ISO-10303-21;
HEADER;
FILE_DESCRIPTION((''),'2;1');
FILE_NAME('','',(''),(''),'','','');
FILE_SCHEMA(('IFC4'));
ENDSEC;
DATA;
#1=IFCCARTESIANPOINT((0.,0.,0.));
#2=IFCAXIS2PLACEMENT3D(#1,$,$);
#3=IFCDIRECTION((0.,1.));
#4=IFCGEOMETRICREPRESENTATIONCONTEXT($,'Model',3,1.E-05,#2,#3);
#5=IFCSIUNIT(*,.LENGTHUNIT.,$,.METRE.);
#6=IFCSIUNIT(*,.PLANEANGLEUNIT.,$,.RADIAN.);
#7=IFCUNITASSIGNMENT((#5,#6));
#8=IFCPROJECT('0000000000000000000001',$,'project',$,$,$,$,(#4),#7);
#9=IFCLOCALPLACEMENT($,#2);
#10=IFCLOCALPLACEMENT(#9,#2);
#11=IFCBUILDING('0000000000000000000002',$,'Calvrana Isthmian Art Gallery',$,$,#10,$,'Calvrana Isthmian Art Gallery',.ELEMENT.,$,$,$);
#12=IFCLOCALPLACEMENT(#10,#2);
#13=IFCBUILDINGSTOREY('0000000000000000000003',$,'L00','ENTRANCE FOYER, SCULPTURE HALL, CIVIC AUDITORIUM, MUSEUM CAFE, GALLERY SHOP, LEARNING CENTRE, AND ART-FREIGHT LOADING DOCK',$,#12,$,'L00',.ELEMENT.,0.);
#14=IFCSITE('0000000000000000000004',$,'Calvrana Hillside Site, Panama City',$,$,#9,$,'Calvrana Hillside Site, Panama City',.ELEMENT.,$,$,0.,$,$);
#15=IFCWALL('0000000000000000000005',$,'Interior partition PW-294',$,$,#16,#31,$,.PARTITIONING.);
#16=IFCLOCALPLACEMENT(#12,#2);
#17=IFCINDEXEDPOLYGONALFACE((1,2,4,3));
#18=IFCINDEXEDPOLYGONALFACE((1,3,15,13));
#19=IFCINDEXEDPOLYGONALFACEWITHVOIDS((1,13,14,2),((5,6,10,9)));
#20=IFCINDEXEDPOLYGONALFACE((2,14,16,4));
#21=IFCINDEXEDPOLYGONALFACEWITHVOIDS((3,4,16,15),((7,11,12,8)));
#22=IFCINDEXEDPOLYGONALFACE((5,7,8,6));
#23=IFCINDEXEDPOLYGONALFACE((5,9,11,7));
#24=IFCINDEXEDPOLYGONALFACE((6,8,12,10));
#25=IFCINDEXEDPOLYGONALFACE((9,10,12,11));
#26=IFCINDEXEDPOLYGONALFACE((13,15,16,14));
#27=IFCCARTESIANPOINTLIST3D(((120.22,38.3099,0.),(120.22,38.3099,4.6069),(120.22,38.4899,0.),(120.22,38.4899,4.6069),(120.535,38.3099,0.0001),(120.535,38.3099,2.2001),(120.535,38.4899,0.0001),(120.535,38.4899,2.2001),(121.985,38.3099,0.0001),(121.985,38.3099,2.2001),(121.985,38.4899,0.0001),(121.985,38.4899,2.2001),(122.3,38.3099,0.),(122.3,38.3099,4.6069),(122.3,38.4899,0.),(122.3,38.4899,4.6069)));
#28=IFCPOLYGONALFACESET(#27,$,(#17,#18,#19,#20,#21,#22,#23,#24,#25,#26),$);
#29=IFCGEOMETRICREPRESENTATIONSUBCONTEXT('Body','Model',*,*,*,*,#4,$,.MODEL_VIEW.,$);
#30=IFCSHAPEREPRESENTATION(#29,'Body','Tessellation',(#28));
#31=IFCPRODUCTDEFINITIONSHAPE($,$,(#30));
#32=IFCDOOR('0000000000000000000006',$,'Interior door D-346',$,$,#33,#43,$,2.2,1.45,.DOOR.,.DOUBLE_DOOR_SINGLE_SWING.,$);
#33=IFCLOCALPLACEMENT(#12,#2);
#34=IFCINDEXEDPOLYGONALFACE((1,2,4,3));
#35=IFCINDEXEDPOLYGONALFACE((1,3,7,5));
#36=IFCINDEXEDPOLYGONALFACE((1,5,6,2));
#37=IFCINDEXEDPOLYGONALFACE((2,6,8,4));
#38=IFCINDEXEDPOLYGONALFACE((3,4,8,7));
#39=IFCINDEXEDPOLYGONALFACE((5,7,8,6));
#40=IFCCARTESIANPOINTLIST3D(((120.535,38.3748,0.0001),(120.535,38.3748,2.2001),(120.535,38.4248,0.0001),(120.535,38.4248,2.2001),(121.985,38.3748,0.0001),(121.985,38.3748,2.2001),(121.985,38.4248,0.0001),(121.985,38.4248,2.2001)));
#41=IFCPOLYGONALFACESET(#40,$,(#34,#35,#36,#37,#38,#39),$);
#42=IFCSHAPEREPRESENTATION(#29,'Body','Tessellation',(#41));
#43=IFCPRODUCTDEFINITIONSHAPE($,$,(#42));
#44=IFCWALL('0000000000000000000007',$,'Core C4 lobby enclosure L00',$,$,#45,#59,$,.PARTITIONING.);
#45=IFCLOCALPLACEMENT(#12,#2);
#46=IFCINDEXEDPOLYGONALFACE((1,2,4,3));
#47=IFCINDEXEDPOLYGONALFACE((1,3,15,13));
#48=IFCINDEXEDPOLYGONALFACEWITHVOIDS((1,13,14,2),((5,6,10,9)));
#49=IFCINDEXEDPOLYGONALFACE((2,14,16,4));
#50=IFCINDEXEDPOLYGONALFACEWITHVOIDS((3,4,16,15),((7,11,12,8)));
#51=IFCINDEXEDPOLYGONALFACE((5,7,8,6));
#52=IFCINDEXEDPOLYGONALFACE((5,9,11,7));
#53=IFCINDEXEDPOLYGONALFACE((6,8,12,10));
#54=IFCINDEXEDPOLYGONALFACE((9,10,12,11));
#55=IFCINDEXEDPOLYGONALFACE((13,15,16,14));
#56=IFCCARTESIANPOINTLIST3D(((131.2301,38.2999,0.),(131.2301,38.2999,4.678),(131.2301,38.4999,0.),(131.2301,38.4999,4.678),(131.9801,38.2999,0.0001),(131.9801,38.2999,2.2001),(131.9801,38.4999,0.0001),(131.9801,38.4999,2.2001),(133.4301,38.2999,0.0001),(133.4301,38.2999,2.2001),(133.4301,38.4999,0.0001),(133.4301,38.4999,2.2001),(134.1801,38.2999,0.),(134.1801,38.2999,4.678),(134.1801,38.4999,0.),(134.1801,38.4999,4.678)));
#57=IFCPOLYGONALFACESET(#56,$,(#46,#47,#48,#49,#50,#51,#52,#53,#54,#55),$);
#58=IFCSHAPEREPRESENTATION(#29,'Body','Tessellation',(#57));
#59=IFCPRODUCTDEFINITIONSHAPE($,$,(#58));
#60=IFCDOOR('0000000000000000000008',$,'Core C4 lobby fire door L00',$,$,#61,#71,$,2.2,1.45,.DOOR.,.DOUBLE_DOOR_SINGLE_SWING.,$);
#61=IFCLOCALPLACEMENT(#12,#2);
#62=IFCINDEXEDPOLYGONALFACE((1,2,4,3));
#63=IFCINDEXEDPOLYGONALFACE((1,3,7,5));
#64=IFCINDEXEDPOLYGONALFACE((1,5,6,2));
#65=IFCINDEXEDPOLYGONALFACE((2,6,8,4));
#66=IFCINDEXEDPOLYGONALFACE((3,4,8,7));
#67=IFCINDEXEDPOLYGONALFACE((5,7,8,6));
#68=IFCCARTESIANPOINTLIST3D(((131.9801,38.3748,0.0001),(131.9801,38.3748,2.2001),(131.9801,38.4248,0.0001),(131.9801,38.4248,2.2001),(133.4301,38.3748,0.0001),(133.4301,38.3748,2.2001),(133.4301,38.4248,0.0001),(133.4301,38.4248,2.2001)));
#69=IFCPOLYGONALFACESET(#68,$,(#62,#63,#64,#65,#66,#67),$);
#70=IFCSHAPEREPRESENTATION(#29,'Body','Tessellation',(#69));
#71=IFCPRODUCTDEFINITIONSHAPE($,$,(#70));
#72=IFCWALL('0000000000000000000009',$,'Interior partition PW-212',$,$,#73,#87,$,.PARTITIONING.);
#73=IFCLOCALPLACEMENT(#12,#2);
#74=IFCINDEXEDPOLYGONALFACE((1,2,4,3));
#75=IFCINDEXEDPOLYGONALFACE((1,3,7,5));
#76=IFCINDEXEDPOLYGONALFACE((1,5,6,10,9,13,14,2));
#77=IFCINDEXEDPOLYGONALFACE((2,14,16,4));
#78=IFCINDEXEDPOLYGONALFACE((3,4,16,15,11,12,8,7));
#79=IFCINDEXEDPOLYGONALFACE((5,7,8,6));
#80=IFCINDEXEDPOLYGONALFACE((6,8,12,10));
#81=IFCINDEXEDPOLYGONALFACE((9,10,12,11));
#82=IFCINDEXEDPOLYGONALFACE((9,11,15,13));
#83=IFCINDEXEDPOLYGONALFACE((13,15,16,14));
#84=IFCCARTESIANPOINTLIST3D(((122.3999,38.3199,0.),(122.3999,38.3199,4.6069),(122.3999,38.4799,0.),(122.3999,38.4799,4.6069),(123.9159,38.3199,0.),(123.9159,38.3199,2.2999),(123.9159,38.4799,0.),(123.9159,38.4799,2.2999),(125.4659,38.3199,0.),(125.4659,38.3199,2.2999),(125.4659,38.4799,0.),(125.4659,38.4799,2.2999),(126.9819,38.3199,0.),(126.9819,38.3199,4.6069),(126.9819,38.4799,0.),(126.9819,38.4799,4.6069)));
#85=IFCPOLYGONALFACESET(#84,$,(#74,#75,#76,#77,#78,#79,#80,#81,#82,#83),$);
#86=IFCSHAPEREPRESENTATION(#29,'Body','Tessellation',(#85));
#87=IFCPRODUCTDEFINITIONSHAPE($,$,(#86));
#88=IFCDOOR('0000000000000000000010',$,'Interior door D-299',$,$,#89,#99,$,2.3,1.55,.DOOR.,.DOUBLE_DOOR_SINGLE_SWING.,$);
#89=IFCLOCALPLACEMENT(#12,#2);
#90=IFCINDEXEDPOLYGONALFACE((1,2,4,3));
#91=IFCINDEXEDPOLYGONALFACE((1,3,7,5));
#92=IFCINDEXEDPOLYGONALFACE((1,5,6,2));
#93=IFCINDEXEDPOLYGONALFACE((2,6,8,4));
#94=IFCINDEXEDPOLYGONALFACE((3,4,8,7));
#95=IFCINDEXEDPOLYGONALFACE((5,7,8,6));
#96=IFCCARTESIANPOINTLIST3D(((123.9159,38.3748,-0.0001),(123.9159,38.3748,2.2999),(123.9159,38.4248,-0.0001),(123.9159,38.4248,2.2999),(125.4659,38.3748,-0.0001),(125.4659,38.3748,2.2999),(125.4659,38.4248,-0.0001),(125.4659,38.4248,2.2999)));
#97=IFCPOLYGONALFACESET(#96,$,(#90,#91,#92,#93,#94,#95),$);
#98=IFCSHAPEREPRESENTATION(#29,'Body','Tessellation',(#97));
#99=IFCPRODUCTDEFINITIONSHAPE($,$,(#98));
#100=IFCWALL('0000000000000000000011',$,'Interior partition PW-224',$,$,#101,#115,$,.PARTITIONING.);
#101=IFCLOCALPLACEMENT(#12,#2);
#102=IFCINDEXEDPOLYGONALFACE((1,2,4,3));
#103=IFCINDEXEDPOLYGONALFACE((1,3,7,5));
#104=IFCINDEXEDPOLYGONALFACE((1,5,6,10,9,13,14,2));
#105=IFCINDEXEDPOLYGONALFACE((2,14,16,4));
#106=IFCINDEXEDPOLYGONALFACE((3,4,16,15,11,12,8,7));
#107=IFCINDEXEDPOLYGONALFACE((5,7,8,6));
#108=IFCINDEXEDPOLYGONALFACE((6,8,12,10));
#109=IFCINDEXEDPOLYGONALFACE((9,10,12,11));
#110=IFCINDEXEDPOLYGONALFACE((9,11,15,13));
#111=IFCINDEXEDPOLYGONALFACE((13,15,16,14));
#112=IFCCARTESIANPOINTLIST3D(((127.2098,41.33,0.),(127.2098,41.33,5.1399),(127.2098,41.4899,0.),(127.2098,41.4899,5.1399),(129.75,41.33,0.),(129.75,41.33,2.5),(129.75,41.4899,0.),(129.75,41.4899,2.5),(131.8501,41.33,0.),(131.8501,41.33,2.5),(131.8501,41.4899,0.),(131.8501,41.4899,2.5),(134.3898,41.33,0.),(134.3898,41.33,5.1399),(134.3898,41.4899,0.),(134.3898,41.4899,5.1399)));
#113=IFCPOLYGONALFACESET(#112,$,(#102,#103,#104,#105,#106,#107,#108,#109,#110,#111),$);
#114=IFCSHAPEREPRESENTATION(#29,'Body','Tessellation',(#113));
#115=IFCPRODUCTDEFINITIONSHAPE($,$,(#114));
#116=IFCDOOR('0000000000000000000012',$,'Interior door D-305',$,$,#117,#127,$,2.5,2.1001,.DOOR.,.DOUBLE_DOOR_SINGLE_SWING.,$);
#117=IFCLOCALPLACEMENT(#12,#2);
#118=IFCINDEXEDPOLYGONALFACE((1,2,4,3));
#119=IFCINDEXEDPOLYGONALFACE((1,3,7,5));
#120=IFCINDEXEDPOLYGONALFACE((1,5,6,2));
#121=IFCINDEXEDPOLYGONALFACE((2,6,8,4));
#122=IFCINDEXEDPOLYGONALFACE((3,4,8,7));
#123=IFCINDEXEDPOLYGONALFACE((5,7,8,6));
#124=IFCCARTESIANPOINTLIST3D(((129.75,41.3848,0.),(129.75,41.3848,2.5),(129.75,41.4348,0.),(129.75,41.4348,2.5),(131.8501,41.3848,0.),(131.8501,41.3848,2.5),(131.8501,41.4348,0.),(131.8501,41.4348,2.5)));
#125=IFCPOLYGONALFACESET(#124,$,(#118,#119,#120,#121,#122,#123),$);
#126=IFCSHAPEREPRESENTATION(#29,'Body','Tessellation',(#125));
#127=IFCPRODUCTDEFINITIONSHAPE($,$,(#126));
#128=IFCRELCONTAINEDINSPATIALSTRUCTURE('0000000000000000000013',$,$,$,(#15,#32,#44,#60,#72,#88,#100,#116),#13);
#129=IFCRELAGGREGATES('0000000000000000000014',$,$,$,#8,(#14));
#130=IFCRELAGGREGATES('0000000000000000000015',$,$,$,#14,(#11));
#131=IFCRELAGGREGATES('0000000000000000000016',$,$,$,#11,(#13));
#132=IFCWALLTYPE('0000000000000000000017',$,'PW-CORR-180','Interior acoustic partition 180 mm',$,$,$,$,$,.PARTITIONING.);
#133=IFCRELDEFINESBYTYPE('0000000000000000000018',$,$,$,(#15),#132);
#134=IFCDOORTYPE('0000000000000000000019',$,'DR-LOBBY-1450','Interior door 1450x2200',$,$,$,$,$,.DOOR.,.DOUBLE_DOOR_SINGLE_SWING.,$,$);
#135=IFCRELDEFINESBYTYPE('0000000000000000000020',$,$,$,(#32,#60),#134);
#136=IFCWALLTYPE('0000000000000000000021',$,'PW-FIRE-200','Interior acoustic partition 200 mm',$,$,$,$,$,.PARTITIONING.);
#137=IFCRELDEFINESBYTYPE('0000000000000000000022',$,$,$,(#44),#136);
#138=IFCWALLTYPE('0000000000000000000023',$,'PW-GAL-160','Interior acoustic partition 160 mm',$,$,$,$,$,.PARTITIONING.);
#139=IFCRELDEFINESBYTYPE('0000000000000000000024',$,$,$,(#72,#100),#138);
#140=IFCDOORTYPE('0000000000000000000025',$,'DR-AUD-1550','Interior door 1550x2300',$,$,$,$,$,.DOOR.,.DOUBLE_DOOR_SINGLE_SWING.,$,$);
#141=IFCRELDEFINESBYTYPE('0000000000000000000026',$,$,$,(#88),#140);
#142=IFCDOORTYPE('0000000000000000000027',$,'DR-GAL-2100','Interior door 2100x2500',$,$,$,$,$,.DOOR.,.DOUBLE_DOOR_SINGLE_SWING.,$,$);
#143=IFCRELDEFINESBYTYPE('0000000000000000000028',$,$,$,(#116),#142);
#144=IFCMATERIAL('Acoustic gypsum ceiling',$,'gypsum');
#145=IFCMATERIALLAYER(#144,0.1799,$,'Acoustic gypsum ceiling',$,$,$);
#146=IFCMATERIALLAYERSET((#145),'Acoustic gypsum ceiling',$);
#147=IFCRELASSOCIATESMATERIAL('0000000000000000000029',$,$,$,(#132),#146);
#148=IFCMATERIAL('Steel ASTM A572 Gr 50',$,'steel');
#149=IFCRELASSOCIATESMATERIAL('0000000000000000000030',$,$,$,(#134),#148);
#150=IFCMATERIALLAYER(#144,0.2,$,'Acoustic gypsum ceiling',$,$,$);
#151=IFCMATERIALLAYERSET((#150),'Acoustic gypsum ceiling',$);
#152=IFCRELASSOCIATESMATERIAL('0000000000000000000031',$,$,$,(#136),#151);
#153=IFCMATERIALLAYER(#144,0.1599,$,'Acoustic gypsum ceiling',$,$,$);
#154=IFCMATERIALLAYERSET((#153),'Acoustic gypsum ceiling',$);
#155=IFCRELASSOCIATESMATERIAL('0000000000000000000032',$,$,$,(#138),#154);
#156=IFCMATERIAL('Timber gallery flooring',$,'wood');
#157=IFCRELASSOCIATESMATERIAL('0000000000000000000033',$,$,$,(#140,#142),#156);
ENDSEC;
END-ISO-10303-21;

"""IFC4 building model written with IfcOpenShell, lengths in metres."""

from ifc_helpers import new_model, si_unit, direction, frame, frame_2d, origin, place, context, subcontext, project, spatial, rectangle, extrude, material, layer, layer_set, type_object, element, fill, save


model = new_model("IFC4")

# Units and contexts
model_context = context("Model", 3, precision=1e-05, world=origin(), true_north=direction((0.0, 1.0)))
body_context = subcontext(model_context, "Body", "Model", "MODEL_VIEW")
ifc_project = project(units=[si_unit("LENGTHUNIT", "METRE"), si_unit("PLANEANGLEUNIT", "RADIAN")], contexts=[model_context])

# Site, building, storey
site_placement = place(None, origin())
site = spatial("IfcSite", under=ifc_project, at=site_placement, Name="Calvrana Hillside Site, Panama City", LongName="Calvrana Hillside Site, Panama City", CompositionType="ELEMENT", RefElevation=0.0)
building_placement = place(site_placement, origin())
building = spatial("IfcBuilding", under=site, at=building_placement, Name="Calvrana Isthmian Art Gallery", LongName="Calvrana Isthmian Art Gallery", CompositionType="ELEMENT")
storey_placement = place(building_placement, origin())
storey = spatial("IfcBuildingStorey", under=building, at=storey_placement, Name="L00", Description="ENTRANCE FOYER, SCULPTURE HALL, CIVIC AUDITORIUM, MUSEUM CAFE, GALLERY SHOP, LEARNING CENTRE, AND ART-FREIGHT LOADING DOCK", LongName="L00", CompositionType="ELEMENT", Elevation=0.0)

# Walls, openings, doors
ifc_material_1 = material(Name="Acoustic gypsum ceiling", Category="gypsum")
ifc_layer_1 = layer(ifc_material_1, 0.1799, Name="Acoustic gypsum ceiling")
ifc_layer_set_1 = layer_set([ifc_layer_1], Name="Acoustic gypsum ceiling")
wall_type_1 = type_object("IfcWallType", Name="PW-CORR-180", Description="Interior acoustic partition 180 mm", PredefinedType="PARTITIONING", material=ifc_layer_set_1)
wall_1_placement = place(storey_placement, frame((120.22, 38.3999, 0.0), z_axis=(0.0, 0.0, 1.0), x_axis=(1.0, 0.0, 0.0)))
wall_1 = element("IfcWall", 1, at=wall_1_placement, inside=storey, type_object=wall_type_1, Name="Interior partition PW-294", PredefinedType="PARTITIONING", context=body_context, shape_type="SweptSolid", body=[
    extrude(rectangle(XDim=2.0801, YDim=0.1799, at=frame_2d((1.04, 0.0))), origin(), (0.0, 0.0, 1.0), 4.6069),
])
opening_1_placement = place(wall_1_placement, frame((0.3149, 0.0, 0.0)))
opening_1 = element("IfcOpeningElement", 2, at=opening_1_placement, cuts=wall_1, PredefinedType="OPENING", context=body_context, shape_type="SweptSolid", body=[
    extrude(rectangle(XDim=1.45, YDim=2.2, at=frame_2d((0.7251, 1.1001))), frame((0.0, 0.1001, 0.0), z_axis=(0.0, -1.0, 0.0), x_axis=(1.0, 0.0, 0.0)), (0.0, 0.0, 1.0), 0.2004),
])
ifc_material_2 = material(Name="Steel ASTM A572 Gr 50", Category="steel")
door_type_1 = type_object("IfcDoorType", Name="DR-LOBBY-1450", Description="Interior door 1450x2200", OperationType="DOUBLE_DOOR_SINGLE_SWING", PredefinedType="DOOR", material=ifc_material_2)
door_1_placement = place(opening_1_placement, origin())
door_1 = element("IfcDoor", 3, at=door_1_placement, inside=storey, type_object=door_type_1, Name="Interior door D-346", OperationType="DOUBLE_DOOR_SINGLE_SWING", OverallHeight=2.2, OverallWidth=1.45, PredefinedType="DOOR", context=body_context, shape_type="SweptSolid", body=[
    extrude(rectangle(XDim=1.45, YDim=2.2, at=frame_2d((0.7251, 1.1001))), frame((0.0, 0.0249, 0.0), z_axis=(0.0, -1.0, 0.0), x_axis=(1.0, 0.0, 0.0)), (0.0, 0.0, 1.0), 0.05),
])
fill(opening_1, door_1)
ifc_layer_2 = layer(ifc_material_1, 0.2, Name="Acoustic gypsum ceiling")
ifc_layer_set_2 = layer_set([ifc_layer_2], Name="Acoustic gypsum ceiling")
wall_type_2 = type_object("IfcWallType", Name="PW-FIRE-200", Description="Interior acoustic partition 200 mm", PredefinedType="PARTITIONING", material=ifc_layer_set_2)
wall_2_placement = place(storey_placement, frame((131.23, 38.3999, 0.0), z_axis=(0.0, 0.0, 1.0), x_axis=(1.0, 0.0, 0.0)))
wall_2 = element("IfcWall", 4, at=wall_2_placement, inside=storey, type_object=wall_type_2, Name="Core C4 lobby enclosure L00", PredefinedType="PARTITIONING", context=body_context, shape_type="SweptSolid", body=[
    extrude(rectangle(XDim=2.95, YDim=0.2, at=frame_2d((1.4751, 0.0))), origin(), (0.0, 0.0, 1.0), 4.678),
])
opening_2_placement = place(wall_2_placement, frame((0.75, 0.0, 0.0)))
opening_2 = element("IfcOpeningElement", 5, at=opening_2_placement, cuts=wall_2, PredefinedType="OPENING", context=body_context, shape_type="SweptSolid", body=[
    extrude(rectangle(XDim=1.45, YDim=2.2, at=frame_2d((0.7251, 1.1001))), frame((0.0, 0.1104, 0.0), z_axis=(0.0, -1.0, 0.0), x_axis=(1.0, 0.0, 0.0)), (0.0, 0.0, 1.0), 0.2205),
])
door_2_placement = place(opening_2_placement, origin())
door_2 = element("IfcDoor", 6, at=door_2_placement, inside=storey, type_object=door_type_1, Name="Core C4 lobby fire door L00", OperationType="DOUBLE_DOOR_SINGLE_SWING", OverallHeight=2.2, OverallWidth=1.45, PredefinedType="DOOR", context=body_context, shape_type="SweptSolid", body=[
    extrude(rectangle(XDim=1.45, YDim=2.2, at=frame_2d((0.7251, 1.1001))), frame((0.0, 0.0249, 0.0), z_axis=(0.0, -1.0, 0.0), x_axis=(1.0, 0.0, 0.0)), (0.0, 0.0, 1.0), 0.05),
])
fill(opening_2, door_2)
ifc_layer_3 = layer(ifc_material_1, 0.1599, Name="Acoustic gypsum ceiling")
ifc_layer_set_3 = layer_set([ifc_layer_3], Name="Acoustic gypsum ceiling")
wall_type_3 = type_object("IfcWallType", Name="PW-GAL-160", Description="Interior acoustic partition 160 mm", PredefinedType="PARTITIONING", material=ifc_layer_set_3)
wall_3_placement = place(storey_placement, frame((122.3999, 38.3999, 0.0), z_axis=(0.0, 0.0, 1.0), x_axis=(1.0, 0.0, 0.0)))
wall_3 = element("IfcWall", 7, at=wall_3_placement, inside=storey, type_object=wall_type_3, Name="Interior partition PW-212", PredefinedType="PARTITIONING", context=body_context, shape_type="SweptSolid", body=[
    extrude(rectangle(XDim=4.582, YDim=0.1599, at=frame_2d((2.291, 0.0))), origin(), (0.0, 0.0, 1.0), 4.6069),
])
opening_3_placement = place(wall_3_placement, frame((1.5161, 0.0, 0.0)))
opening_3 = element("IfcOpeningElement", 8, at=opening_3_placement, cuts=wall_3, PredefinedType="OPENING", context=body_context, shape_type="SweptSolid", body=[
    extrude(rectangle(XDim=1.55, YDim=2.3, at=frame_2d((0.7749, 1.1499))), frame((0.0, 0.0903, 0.0), z_axis=(0.0, -1.0, 0.0), x_axis=(1.0, 0.0, 0.0)), (0.0, 0.0, 1.0), 0.1804),
])
ifc_material_3 = material(Name="Timber gallery flooring", Category="wood")
door_type_2 = type_object("IfcDoorType", Name="DR-AUD-1550", Description="Interior door 1550x2300", OperationType="DOUBLE_DOOR_SINGLE_SWING", PredefinedType="DOOR", material=ifc_material_3)
door_3_placement = place(opening_3_placement, origin())
door_3 = element("IfcDoor", 9, at=door_3_placement, inside=storey, type_object=door_type_2, Name="Interior door D-299", OperationType="DOUBLE_DOOR_SINGLE_SWING", OverallHeight=2.3, OverallWidth=1.55, PredefinedType="DOOR", context=body_context, shape_type="SweptSolid", body=[
    extrude(rectangle(XDim=1.55, YDim=2.3, at=frame_2d((0.7749, 1.1499))), frame((0.0, 0.0249, 0.0), z_axis=(0.0, -1.0, 0.0), x_axis=(1.0, 0.0, 0.0)), (0.0, 0.0, 1.0), 0.05),
])
fill(opening_3, door_3)
wall_4_placement = place(storey_placement, frame((127.21, 41.4099, 0.0), z_axis=(0.0, 0.0, 1.0), x_axis=(1.0, 0.0, 0.0)))
wall_4 = element("IfcWall", 10, at=wall_4_placement, inside=storey, type_object=wall_type_3, Name="Interior partition PW-224", PredefinedType="PARTITIONING", context=body_context, shape_type="SweptSolid", body=[
    extrude(rectangle(XDim=7.1799, YDim=0.1599, at=frame_2d((3.5898, 0.0))), origin(), (0.0, 0.0, 1.0), 5.1399),
])
opening_4_placement = place(wall_4_placement, frame((2.54, 0.0, 0.0)))
opening_4 = element("IfcOpeningElement", 11, at=opening_4_placement, cuts=wall_4, PredefinedType="OPENING", context=body_context, shape_type="SweptSolid", body=[
    extrude(rectangle(XDim=2.1001, YDim=2.5, at=frame_2d((1.05, 1.25))), frame((0.0, 0.0903, 0.0), z_axis=(0.0, -1.0, 0.0), x_axis=(1.0, 0.0, 0.0)), (0.0, 0.0, 1.0), 0.1804),
])
door_type_3 = type_object("IfcDoorType", Name="DR-GAL-2100", Description="Interior door 2100x2500", OperationType="DOUBLE_DOOR_SINGLE_SWING", PredefinedType="DOOR", material=ifc_material_3)
door_4_placement = place(opening_4_placement, origin())
door_4 = element("IfcDoor", 12, at=door_4_placement, inside=storey, type_object=door_type_3, Name="Interior door D-305", OperationType="DOUBLE_DOOR_SINGLE_SWING", OverallHeight=2.5, OverallWidth=2.1001, PredefinedType="DOOR", context=body_context, shape_type="SweptSolid", body=[
    extrude(rectangle(XDim=2.1001, YDim=2.5, at=frame_2d((1.05, 1.25))), frame((0.0, 0.0249, 0.0), z_axis=(0.0, -1.0, 0.0), x_axis=(1.0, 0.0, 0.0)), (0.0, 0.0, 1.0), 0.05),
])
fill(opening_4, door_4)

save(model, "model.ifc")
